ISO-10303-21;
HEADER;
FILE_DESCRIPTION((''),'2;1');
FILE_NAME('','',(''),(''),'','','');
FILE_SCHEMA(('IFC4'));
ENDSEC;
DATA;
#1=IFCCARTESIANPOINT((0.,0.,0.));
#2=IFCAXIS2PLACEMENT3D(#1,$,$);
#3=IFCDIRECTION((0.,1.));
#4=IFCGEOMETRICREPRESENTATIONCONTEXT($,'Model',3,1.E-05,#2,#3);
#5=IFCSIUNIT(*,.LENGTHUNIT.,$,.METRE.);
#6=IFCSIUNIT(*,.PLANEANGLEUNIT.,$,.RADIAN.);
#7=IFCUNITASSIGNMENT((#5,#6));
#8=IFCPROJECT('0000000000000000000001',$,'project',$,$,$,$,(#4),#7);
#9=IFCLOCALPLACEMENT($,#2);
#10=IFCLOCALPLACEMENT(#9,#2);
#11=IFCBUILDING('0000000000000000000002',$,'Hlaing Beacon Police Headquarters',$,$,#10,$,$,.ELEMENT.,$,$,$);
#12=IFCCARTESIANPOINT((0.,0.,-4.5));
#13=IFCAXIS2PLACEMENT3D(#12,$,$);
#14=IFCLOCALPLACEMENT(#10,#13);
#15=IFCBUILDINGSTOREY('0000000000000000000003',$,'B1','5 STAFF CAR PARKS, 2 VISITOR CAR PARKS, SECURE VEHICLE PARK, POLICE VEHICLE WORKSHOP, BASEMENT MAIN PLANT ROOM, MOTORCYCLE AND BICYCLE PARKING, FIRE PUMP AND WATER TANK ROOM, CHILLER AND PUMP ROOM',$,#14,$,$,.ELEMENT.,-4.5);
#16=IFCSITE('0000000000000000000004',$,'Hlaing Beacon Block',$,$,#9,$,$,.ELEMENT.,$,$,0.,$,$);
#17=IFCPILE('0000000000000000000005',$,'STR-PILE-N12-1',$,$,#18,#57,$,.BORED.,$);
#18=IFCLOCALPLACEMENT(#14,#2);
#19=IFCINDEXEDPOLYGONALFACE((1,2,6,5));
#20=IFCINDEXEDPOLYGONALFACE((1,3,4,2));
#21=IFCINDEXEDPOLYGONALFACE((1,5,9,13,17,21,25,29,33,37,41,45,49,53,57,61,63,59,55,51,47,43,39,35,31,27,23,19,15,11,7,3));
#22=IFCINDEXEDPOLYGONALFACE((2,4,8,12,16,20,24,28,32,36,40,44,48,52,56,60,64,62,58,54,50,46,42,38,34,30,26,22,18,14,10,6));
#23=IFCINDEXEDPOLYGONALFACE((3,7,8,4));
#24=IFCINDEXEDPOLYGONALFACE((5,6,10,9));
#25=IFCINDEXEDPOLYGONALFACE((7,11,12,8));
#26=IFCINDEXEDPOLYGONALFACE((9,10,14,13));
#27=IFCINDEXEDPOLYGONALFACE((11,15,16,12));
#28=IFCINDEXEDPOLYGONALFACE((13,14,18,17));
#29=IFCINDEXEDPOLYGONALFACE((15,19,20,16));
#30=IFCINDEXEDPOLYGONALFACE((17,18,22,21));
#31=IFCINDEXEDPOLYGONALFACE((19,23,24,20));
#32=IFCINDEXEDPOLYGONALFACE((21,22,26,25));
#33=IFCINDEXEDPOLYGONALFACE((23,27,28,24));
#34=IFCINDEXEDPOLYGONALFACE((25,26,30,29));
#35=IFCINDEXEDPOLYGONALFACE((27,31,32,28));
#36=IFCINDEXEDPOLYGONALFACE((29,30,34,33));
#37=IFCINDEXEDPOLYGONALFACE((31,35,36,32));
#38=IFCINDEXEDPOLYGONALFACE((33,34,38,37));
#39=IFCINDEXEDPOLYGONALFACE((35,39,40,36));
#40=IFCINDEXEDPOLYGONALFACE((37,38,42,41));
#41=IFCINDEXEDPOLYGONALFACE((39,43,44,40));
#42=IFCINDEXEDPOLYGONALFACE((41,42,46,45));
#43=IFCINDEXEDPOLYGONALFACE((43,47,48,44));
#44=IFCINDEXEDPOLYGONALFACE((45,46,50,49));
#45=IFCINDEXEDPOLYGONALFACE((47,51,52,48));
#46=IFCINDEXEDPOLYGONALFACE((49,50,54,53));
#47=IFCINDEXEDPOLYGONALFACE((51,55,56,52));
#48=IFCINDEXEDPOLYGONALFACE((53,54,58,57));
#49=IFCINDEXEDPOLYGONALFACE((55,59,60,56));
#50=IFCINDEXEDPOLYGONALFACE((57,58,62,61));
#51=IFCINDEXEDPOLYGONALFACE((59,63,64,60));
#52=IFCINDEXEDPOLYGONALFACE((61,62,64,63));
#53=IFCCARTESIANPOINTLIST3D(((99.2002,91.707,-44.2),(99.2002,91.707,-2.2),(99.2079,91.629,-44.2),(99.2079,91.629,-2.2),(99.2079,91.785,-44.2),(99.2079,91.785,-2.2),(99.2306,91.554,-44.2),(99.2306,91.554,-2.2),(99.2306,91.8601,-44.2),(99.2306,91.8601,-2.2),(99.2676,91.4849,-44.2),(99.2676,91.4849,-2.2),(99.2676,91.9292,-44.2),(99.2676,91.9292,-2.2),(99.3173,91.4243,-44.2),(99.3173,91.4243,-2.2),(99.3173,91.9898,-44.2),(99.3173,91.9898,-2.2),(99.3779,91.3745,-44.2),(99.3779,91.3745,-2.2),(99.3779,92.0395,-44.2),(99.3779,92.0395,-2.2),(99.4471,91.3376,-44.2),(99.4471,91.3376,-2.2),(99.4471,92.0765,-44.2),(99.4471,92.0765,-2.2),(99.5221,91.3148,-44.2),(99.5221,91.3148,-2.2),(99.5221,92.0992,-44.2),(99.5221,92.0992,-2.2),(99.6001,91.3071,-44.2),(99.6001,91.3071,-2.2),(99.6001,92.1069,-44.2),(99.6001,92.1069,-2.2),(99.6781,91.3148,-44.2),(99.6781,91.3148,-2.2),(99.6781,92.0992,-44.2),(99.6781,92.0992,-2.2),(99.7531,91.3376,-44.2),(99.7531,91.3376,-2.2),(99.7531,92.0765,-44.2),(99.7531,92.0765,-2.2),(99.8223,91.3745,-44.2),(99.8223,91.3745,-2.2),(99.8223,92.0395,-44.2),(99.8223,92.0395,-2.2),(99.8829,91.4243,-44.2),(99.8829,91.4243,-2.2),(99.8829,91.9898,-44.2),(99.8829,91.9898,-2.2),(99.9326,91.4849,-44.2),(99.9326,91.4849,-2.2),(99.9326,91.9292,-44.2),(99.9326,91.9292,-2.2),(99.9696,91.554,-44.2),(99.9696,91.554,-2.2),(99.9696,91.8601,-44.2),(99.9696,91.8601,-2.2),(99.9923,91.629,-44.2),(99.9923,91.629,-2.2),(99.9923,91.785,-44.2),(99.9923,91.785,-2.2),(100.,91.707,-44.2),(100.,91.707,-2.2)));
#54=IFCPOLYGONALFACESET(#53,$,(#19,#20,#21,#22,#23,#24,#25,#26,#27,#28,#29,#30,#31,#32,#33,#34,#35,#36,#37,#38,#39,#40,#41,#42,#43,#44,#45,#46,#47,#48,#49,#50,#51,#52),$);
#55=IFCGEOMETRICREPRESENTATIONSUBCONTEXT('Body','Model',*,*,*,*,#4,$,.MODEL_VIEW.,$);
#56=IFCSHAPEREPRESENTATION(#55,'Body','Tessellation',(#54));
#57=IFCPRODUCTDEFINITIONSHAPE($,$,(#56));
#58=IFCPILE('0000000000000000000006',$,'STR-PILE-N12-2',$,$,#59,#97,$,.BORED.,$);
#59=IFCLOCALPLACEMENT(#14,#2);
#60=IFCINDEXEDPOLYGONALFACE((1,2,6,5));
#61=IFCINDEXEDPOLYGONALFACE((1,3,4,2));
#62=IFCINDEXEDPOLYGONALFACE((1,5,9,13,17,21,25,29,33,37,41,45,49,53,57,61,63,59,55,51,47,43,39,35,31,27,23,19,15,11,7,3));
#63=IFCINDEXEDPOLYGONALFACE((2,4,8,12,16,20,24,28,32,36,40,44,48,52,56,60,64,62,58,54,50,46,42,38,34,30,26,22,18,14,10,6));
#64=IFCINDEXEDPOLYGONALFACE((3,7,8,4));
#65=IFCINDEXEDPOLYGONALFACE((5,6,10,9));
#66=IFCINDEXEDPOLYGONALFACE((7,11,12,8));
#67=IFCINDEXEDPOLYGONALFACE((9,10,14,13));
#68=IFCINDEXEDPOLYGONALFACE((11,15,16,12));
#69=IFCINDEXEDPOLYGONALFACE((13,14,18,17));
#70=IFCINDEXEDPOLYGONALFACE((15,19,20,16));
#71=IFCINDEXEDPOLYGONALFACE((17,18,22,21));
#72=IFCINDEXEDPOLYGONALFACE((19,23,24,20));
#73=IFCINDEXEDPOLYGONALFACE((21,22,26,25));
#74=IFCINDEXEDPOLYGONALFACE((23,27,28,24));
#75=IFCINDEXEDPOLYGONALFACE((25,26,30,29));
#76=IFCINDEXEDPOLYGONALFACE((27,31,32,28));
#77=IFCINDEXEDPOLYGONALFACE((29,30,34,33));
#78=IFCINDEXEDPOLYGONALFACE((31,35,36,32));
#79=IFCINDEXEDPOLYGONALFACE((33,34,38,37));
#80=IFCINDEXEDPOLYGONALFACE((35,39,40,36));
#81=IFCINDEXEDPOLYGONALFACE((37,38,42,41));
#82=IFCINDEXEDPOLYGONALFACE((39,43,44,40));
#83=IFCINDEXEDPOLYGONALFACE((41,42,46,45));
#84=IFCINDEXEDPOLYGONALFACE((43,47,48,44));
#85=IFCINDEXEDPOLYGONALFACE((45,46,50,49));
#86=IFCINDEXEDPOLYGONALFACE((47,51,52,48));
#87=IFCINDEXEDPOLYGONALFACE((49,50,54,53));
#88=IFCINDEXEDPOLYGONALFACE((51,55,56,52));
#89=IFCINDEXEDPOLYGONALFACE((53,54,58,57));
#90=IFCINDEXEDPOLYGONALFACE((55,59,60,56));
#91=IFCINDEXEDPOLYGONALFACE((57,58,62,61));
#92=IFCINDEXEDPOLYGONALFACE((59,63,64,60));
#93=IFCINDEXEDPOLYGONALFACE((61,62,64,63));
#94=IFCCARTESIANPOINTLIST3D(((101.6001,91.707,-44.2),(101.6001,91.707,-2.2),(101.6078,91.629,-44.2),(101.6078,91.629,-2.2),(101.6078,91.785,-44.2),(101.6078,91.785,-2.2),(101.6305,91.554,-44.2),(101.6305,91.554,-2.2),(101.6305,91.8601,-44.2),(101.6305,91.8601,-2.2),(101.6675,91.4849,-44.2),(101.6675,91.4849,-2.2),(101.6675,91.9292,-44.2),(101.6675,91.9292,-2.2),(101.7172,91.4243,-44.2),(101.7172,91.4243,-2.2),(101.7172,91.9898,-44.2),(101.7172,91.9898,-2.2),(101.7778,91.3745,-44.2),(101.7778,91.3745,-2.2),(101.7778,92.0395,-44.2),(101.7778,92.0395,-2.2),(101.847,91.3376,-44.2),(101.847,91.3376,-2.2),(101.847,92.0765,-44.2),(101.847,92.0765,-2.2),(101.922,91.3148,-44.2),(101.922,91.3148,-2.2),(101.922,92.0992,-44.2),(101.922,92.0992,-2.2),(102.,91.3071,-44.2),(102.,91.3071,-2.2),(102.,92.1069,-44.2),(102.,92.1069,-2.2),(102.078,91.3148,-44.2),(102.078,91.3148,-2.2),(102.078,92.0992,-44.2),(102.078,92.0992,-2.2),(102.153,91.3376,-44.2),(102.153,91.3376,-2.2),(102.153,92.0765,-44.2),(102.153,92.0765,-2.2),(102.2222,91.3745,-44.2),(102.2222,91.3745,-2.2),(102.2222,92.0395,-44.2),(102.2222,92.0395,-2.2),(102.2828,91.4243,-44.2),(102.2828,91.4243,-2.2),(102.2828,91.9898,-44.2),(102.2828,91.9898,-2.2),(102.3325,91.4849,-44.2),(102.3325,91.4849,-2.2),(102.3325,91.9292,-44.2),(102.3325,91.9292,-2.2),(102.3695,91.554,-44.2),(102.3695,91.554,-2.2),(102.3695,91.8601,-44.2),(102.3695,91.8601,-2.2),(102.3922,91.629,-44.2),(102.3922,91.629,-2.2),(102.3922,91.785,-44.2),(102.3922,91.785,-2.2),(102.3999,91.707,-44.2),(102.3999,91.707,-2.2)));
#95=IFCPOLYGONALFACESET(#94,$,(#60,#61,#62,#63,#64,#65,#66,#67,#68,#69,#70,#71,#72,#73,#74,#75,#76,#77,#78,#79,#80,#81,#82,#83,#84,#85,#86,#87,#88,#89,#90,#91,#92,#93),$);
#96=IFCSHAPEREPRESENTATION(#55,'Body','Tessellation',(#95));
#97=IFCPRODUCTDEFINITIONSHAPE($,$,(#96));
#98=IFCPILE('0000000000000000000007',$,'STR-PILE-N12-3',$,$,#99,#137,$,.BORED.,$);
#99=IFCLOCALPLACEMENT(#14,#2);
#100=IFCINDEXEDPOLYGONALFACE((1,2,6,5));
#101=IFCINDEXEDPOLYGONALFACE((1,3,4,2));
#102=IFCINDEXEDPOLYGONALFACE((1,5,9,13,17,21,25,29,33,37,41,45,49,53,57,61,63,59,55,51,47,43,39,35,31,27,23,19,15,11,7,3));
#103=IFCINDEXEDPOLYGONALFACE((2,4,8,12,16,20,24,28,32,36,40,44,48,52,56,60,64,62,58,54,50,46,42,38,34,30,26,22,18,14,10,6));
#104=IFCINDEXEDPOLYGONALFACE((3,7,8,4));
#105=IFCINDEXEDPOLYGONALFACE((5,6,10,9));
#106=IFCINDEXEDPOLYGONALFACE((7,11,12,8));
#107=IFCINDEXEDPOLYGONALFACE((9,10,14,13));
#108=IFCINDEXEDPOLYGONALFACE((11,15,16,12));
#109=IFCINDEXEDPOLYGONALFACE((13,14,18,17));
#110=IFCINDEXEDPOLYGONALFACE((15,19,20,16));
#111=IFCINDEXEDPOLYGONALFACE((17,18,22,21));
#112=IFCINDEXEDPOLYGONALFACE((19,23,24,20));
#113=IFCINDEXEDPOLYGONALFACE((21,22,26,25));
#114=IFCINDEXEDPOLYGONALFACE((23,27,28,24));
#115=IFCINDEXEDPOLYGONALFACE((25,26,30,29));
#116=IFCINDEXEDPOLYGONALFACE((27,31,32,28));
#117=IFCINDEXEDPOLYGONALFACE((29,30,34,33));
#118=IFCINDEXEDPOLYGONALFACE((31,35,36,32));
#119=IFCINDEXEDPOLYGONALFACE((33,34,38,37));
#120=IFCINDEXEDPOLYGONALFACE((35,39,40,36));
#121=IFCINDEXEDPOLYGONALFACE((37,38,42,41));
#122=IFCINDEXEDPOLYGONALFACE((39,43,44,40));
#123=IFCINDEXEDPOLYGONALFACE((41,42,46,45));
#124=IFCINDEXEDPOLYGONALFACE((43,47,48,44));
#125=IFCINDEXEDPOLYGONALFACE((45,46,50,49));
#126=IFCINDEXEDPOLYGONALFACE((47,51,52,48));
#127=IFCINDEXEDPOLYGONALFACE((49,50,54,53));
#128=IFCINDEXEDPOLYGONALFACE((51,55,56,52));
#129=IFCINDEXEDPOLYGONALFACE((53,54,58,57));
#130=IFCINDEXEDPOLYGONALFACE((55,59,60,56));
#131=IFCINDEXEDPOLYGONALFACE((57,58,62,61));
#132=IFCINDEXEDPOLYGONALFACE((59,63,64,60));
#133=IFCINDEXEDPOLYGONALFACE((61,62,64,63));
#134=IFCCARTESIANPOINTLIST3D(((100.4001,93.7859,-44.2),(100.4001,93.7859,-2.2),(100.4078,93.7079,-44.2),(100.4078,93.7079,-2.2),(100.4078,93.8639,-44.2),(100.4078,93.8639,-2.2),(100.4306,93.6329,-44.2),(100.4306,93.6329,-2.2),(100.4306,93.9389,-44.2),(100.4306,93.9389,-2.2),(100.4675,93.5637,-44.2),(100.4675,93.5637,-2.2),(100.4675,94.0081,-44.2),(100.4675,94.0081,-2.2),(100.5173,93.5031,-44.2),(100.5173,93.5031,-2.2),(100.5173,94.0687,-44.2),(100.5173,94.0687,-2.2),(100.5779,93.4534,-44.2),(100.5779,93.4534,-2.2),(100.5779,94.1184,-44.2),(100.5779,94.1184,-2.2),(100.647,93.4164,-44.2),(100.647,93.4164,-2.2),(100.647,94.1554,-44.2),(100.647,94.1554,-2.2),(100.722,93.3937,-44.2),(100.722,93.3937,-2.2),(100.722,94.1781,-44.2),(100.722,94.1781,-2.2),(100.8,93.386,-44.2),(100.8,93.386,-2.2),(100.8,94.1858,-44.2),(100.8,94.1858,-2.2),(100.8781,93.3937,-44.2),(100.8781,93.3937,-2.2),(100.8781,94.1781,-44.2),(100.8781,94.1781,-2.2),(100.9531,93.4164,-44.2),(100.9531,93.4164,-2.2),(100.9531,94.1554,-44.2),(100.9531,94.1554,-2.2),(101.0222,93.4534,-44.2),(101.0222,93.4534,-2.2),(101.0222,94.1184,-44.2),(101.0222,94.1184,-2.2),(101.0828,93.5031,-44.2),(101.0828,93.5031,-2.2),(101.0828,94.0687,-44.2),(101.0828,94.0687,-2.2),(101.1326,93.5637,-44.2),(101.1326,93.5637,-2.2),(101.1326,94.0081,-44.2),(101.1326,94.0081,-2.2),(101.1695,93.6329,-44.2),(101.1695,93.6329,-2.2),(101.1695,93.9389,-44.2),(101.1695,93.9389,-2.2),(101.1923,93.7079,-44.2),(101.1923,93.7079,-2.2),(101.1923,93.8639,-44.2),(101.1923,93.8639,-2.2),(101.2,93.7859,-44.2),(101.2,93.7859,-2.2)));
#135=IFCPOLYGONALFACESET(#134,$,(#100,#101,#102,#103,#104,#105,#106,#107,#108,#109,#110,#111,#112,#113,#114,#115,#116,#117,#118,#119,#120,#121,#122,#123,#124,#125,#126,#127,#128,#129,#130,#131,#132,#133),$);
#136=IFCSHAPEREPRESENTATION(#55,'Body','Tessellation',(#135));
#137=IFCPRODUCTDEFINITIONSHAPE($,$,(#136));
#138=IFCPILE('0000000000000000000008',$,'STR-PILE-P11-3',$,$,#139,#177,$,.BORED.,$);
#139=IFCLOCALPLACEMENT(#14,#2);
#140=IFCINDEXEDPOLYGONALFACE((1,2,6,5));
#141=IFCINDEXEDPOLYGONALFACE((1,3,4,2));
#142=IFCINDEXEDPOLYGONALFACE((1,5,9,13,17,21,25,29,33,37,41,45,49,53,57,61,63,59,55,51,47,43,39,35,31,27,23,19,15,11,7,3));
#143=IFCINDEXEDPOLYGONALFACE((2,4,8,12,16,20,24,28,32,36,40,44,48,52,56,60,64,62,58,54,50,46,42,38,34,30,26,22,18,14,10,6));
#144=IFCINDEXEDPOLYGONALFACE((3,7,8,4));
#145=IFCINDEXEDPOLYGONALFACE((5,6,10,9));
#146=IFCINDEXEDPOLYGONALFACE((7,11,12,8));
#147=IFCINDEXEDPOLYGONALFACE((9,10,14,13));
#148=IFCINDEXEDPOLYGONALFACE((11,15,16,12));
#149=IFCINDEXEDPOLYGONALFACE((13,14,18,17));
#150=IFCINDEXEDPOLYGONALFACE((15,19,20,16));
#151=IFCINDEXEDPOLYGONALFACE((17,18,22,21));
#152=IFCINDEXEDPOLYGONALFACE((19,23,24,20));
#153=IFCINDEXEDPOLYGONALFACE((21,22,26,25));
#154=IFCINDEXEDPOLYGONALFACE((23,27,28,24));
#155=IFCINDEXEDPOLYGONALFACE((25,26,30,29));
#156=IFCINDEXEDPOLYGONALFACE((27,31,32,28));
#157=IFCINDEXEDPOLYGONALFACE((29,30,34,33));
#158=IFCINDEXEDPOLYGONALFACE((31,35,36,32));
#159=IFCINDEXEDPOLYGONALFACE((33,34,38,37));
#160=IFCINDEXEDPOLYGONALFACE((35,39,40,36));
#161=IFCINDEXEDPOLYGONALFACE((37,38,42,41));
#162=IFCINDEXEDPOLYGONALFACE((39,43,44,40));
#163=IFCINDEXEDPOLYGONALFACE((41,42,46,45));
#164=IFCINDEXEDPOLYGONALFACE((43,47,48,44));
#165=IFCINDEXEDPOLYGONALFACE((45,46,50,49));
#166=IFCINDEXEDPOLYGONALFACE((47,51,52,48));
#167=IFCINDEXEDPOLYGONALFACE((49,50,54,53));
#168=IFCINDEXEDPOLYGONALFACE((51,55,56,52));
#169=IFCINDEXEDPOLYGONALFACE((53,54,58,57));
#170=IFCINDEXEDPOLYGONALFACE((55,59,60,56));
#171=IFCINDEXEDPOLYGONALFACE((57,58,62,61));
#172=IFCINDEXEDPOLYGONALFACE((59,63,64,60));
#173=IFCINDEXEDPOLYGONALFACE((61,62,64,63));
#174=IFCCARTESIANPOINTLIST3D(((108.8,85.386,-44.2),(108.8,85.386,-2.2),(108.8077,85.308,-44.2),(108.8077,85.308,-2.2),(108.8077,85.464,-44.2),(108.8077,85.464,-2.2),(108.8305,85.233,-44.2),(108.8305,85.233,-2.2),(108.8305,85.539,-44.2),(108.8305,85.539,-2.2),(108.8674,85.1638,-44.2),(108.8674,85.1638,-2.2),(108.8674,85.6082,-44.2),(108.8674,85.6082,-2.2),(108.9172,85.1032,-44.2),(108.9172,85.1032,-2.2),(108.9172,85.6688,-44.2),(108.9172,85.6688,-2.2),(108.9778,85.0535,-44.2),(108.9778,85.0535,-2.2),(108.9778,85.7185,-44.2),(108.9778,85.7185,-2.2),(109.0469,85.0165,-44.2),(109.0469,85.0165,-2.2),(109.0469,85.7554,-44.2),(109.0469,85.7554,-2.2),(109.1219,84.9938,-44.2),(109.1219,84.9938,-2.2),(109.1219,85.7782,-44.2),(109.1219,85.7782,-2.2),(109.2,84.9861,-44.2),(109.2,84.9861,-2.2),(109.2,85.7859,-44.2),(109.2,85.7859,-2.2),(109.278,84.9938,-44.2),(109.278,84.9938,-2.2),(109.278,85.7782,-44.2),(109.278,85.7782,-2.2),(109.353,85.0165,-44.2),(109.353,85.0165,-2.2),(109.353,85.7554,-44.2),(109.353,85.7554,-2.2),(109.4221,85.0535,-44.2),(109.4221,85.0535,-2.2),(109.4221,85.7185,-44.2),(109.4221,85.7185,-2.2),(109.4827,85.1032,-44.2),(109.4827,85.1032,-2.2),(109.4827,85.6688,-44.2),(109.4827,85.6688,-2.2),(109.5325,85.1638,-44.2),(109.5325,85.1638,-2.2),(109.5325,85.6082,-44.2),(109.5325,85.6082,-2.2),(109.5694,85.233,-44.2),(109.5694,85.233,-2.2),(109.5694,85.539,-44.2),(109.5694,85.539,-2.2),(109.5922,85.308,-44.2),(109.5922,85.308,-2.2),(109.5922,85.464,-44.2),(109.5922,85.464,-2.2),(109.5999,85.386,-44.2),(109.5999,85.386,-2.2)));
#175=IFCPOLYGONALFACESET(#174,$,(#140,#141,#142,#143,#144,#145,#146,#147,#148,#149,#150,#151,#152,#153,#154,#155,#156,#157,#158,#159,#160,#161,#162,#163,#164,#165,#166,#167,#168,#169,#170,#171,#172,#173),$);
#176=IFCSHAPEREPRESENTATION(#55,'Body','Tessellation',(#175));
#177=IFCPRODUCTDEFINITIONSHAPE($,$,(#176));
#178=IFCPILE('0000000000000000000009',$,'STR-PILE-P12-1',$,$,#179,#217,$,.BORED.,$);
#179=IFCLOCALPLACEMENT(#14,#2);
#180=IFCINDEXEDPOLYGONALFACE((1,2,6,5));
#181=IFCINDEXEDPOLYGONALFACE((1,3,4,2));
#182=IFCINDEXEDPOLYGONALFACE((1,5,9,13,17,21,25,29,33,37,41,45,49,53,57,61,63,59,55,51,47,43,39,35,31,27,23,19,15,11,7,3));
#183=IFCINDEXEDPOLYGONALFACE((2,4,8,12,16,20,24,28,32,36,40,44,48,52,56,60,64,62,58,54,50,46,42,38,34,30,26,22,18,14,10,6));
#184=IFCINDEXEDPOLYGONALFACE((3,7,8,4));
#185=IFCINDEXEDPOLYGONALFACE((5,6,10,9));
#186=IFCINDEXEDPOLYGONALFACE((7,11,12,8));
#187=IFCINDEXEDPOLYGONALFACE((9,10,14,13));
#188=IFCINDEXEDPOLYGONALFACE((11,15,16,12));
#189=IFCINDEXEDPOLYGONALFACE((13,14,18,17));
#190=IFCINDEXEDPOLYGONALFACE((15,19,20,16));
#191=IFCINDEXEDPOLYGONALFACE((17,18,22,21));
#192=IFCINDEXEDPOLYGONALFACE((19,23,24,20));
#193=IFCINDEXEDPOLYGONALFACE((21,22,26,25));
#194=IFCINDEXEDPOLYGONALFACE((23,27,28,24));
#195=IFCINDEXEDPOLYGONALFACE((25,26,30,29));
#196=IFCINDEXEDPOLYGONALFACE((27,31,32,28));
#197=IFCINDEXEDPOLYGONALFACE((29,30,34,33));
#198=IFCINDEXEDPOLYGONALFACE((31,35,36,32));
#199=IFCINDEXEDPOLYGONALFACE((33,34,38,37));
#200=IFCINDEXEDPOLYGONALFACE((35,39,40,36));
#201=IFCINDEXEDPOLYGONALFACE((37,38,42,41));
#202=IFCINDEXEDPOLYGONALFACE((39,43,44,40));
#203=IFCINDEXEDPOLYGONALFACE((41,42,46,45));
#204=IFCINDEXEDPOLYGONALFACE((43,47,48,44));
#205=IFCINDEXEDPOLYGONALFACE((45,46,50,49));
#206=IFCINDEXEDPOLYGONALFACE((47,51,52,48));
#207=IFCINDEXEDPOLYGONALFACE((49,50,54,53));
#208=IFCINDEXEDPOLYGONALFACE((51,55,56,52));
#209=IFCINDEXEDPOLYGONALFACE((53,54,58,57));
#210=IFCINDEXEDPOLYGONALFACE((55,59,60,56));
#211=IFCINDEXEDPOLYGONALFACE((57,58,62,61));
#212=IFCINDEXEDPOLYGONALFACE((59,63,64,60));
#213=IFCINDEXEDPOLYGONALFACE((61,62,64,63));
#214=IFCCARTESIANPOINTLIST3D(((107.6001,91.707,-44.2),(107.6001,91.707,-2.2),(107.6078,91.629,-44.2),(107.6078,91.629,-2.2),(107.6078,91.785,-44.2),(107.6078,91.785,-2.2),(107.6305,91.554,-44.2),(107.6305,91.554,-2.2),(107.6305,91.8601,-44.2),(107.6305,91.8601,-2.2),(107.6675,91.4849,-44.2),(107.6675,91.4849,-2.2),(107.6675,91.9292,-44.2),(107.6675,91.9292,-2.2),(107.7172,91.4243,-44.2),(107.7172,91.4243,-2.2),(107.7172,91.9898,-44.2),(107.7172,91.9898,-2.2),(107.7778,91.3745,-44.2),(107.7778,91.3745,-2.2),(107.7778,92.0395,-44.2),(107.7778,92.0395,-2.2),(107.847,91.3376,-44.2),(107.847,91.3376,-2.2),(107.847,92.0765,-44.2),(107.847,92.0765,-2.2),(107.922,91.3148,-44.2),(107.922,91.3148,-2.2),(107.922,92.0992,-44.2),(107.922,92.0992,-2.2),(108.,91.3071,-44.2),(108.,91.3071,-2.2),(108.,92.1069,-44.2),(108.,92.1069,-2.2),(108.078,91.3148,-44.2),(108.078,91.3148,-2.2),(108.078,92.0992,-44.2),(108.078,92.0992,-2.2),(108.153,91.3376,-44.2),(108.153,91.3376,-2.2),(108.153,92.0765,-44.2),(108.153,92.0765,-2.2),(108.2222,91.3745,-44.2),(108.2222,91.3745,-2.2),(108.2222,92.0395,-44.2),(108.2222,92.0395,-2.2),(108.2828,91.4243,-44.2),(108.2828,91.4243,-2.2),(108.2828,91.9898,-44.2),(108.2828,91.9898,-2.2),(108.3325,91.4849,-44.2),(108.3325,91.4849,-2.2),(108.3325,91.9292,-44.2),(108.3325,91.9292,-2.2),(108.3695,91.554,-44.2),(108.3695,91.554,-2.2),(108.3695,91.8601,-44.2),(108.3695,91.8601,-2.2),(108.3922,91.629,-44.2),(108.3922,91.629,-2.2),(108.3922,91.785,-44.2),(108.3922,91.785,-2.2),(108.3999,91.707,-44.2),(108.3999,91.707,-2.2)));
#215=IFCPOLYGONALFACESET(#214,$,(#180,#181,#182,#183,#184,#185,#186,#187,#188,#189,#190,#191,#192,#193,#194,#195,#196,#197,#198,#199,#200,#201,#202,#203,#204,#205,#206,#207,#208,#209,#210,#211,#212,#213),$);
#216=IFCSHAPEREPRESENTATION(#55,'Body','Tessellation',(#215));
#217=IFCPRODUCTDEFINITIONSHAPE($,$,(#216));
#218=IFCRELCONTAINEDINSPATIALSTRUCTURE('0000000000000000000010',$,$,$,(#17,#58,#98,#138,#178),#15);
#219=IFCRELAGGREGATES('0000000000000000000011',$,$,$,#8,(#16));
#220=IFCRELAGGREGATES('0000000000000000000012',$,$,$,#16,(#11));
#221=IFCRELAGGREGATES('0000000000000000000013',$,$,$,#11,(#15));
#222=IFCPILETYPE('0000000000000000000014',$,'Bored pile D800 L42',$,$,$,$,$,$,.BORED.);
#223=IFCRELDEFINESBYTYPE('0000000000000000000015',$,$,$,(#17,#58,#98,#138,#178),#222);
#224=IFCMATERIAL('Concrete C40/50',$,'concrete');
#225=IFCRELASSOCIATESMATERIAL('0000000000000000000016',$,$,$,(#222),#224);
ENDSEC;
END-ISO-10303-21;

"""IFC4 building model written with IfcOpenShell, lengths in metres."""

from ifc_helpers import new_model, si_unit, direction, frame, origin, origin_2d, place, context, subcontext, project, spatial, circle, extrude, material, material_profile, profile_set, type_object, element, save


model = new_model("IFC4")

# Units and contexts
model_context = context("Model", 3, precision=1e-05, world=origin(), true_north=direction((0.0, 1.0)))
body_context = subcontext(model_context, "Body", "Model", "MODEL_VIEW")
ifc_project = project(units=[si_unit("LENGTHUNIT", "METRE"), si_unit("PLANEANGLEUNIT", "RADIAN")], contexts=[model_context])

# Site, building, storey
site_placement = place(None, origin())
site = spatial("IfcSite", under=ifc_project, at=site_placement, Name="Hlaing Beacon Block", CompositionType="ELEMENT", RefElevation=0.0)
building_placement = place(site_placement, origin())
building = spatial("IfcBuilding", under=site, at=building_placement, Name="Hlaing Beacon Police Headquarters", CompositionType="ELEMENT")
storey_placement = place(building_placement, frame((0.0, 0.0, -4.5)))
storey = spatial("IfcBuildingStorey", under=building, at=storey_placement, Name="B1", Description="5 STAFF CAR PARKS, 2 VISITOR CAR PARKS, SECURE VEHICLE PARK, POLICE VEHICLE WORKSHOP, BASEMENT MAIN PLANT ROOM, MOTORCYCLE AND BICYCLE PARKING, FIRE PUMP AND WATER TANK ROOM, CHILLER AND PUMP ROOM", CompositionType="ELEMENT", Elevation=-4.5)

# Piles
ifc_material_1 = material(Name="Concrete C40/50", Category="concrete")
ifc_material_profile_1 = material_profile(ifc_material_1, circle(Radius=0.3999, at=origin_2d()), Name="D800")
ifc_profile_set_1 = profile_set([ifc_material_profile_1], Name="Concrete C40/50")
pile_type_1 = type_object("IfcPileType", Name="Bored pile D800 L42", PredefinedType="BORED", material=ifc_profile_set_1)
for number, where, z_axis, x_axis, name in (
    (1, (99.6001, 91.707, -2.2), (0.0, 0.0, -1.0), (1.0, 0.0, 0.0), "STR-PILE-N12-1"),
    (2, (102.0, 91.707, -2.2), (0.0, 0.0, -1.0), (1.0, 0.0, 0.0), "STR-PILE-N12-2"),
    (3, (100.8, 93.7859, -2.2), (0.0, 0.0, -1.0), (1.0, 0.0, 0.0), "STR-PILE-N12-3"),
    (4, (109.2, 85.386, -2.2), (0.0, 0.0, -1.0), (1.0, 0.0, 0.0), "STR-PILE-P11-3"),
    (5, (108.0, 91.707, -2.2), (0.0, 0.0, -1.0), (1.0, 0.0, 0.0), "STR-PILE-P12-1"),
):
    element("IfcPile", number, at=place(storey_placement, frame(where, z_axis=z_axis, x_axis=x_axis)), inside=storey, type_object=pile_type_1, Name=name, PredefinedType="BORED", context=body_context, shape_type="SweptSolid", body=[
        extrude(circle(Radius=0.3999, at=origin_2d()), origin(), (0.0, 0.0, 1.0), 42.0),
    ])

save(model, "model.ifc")
